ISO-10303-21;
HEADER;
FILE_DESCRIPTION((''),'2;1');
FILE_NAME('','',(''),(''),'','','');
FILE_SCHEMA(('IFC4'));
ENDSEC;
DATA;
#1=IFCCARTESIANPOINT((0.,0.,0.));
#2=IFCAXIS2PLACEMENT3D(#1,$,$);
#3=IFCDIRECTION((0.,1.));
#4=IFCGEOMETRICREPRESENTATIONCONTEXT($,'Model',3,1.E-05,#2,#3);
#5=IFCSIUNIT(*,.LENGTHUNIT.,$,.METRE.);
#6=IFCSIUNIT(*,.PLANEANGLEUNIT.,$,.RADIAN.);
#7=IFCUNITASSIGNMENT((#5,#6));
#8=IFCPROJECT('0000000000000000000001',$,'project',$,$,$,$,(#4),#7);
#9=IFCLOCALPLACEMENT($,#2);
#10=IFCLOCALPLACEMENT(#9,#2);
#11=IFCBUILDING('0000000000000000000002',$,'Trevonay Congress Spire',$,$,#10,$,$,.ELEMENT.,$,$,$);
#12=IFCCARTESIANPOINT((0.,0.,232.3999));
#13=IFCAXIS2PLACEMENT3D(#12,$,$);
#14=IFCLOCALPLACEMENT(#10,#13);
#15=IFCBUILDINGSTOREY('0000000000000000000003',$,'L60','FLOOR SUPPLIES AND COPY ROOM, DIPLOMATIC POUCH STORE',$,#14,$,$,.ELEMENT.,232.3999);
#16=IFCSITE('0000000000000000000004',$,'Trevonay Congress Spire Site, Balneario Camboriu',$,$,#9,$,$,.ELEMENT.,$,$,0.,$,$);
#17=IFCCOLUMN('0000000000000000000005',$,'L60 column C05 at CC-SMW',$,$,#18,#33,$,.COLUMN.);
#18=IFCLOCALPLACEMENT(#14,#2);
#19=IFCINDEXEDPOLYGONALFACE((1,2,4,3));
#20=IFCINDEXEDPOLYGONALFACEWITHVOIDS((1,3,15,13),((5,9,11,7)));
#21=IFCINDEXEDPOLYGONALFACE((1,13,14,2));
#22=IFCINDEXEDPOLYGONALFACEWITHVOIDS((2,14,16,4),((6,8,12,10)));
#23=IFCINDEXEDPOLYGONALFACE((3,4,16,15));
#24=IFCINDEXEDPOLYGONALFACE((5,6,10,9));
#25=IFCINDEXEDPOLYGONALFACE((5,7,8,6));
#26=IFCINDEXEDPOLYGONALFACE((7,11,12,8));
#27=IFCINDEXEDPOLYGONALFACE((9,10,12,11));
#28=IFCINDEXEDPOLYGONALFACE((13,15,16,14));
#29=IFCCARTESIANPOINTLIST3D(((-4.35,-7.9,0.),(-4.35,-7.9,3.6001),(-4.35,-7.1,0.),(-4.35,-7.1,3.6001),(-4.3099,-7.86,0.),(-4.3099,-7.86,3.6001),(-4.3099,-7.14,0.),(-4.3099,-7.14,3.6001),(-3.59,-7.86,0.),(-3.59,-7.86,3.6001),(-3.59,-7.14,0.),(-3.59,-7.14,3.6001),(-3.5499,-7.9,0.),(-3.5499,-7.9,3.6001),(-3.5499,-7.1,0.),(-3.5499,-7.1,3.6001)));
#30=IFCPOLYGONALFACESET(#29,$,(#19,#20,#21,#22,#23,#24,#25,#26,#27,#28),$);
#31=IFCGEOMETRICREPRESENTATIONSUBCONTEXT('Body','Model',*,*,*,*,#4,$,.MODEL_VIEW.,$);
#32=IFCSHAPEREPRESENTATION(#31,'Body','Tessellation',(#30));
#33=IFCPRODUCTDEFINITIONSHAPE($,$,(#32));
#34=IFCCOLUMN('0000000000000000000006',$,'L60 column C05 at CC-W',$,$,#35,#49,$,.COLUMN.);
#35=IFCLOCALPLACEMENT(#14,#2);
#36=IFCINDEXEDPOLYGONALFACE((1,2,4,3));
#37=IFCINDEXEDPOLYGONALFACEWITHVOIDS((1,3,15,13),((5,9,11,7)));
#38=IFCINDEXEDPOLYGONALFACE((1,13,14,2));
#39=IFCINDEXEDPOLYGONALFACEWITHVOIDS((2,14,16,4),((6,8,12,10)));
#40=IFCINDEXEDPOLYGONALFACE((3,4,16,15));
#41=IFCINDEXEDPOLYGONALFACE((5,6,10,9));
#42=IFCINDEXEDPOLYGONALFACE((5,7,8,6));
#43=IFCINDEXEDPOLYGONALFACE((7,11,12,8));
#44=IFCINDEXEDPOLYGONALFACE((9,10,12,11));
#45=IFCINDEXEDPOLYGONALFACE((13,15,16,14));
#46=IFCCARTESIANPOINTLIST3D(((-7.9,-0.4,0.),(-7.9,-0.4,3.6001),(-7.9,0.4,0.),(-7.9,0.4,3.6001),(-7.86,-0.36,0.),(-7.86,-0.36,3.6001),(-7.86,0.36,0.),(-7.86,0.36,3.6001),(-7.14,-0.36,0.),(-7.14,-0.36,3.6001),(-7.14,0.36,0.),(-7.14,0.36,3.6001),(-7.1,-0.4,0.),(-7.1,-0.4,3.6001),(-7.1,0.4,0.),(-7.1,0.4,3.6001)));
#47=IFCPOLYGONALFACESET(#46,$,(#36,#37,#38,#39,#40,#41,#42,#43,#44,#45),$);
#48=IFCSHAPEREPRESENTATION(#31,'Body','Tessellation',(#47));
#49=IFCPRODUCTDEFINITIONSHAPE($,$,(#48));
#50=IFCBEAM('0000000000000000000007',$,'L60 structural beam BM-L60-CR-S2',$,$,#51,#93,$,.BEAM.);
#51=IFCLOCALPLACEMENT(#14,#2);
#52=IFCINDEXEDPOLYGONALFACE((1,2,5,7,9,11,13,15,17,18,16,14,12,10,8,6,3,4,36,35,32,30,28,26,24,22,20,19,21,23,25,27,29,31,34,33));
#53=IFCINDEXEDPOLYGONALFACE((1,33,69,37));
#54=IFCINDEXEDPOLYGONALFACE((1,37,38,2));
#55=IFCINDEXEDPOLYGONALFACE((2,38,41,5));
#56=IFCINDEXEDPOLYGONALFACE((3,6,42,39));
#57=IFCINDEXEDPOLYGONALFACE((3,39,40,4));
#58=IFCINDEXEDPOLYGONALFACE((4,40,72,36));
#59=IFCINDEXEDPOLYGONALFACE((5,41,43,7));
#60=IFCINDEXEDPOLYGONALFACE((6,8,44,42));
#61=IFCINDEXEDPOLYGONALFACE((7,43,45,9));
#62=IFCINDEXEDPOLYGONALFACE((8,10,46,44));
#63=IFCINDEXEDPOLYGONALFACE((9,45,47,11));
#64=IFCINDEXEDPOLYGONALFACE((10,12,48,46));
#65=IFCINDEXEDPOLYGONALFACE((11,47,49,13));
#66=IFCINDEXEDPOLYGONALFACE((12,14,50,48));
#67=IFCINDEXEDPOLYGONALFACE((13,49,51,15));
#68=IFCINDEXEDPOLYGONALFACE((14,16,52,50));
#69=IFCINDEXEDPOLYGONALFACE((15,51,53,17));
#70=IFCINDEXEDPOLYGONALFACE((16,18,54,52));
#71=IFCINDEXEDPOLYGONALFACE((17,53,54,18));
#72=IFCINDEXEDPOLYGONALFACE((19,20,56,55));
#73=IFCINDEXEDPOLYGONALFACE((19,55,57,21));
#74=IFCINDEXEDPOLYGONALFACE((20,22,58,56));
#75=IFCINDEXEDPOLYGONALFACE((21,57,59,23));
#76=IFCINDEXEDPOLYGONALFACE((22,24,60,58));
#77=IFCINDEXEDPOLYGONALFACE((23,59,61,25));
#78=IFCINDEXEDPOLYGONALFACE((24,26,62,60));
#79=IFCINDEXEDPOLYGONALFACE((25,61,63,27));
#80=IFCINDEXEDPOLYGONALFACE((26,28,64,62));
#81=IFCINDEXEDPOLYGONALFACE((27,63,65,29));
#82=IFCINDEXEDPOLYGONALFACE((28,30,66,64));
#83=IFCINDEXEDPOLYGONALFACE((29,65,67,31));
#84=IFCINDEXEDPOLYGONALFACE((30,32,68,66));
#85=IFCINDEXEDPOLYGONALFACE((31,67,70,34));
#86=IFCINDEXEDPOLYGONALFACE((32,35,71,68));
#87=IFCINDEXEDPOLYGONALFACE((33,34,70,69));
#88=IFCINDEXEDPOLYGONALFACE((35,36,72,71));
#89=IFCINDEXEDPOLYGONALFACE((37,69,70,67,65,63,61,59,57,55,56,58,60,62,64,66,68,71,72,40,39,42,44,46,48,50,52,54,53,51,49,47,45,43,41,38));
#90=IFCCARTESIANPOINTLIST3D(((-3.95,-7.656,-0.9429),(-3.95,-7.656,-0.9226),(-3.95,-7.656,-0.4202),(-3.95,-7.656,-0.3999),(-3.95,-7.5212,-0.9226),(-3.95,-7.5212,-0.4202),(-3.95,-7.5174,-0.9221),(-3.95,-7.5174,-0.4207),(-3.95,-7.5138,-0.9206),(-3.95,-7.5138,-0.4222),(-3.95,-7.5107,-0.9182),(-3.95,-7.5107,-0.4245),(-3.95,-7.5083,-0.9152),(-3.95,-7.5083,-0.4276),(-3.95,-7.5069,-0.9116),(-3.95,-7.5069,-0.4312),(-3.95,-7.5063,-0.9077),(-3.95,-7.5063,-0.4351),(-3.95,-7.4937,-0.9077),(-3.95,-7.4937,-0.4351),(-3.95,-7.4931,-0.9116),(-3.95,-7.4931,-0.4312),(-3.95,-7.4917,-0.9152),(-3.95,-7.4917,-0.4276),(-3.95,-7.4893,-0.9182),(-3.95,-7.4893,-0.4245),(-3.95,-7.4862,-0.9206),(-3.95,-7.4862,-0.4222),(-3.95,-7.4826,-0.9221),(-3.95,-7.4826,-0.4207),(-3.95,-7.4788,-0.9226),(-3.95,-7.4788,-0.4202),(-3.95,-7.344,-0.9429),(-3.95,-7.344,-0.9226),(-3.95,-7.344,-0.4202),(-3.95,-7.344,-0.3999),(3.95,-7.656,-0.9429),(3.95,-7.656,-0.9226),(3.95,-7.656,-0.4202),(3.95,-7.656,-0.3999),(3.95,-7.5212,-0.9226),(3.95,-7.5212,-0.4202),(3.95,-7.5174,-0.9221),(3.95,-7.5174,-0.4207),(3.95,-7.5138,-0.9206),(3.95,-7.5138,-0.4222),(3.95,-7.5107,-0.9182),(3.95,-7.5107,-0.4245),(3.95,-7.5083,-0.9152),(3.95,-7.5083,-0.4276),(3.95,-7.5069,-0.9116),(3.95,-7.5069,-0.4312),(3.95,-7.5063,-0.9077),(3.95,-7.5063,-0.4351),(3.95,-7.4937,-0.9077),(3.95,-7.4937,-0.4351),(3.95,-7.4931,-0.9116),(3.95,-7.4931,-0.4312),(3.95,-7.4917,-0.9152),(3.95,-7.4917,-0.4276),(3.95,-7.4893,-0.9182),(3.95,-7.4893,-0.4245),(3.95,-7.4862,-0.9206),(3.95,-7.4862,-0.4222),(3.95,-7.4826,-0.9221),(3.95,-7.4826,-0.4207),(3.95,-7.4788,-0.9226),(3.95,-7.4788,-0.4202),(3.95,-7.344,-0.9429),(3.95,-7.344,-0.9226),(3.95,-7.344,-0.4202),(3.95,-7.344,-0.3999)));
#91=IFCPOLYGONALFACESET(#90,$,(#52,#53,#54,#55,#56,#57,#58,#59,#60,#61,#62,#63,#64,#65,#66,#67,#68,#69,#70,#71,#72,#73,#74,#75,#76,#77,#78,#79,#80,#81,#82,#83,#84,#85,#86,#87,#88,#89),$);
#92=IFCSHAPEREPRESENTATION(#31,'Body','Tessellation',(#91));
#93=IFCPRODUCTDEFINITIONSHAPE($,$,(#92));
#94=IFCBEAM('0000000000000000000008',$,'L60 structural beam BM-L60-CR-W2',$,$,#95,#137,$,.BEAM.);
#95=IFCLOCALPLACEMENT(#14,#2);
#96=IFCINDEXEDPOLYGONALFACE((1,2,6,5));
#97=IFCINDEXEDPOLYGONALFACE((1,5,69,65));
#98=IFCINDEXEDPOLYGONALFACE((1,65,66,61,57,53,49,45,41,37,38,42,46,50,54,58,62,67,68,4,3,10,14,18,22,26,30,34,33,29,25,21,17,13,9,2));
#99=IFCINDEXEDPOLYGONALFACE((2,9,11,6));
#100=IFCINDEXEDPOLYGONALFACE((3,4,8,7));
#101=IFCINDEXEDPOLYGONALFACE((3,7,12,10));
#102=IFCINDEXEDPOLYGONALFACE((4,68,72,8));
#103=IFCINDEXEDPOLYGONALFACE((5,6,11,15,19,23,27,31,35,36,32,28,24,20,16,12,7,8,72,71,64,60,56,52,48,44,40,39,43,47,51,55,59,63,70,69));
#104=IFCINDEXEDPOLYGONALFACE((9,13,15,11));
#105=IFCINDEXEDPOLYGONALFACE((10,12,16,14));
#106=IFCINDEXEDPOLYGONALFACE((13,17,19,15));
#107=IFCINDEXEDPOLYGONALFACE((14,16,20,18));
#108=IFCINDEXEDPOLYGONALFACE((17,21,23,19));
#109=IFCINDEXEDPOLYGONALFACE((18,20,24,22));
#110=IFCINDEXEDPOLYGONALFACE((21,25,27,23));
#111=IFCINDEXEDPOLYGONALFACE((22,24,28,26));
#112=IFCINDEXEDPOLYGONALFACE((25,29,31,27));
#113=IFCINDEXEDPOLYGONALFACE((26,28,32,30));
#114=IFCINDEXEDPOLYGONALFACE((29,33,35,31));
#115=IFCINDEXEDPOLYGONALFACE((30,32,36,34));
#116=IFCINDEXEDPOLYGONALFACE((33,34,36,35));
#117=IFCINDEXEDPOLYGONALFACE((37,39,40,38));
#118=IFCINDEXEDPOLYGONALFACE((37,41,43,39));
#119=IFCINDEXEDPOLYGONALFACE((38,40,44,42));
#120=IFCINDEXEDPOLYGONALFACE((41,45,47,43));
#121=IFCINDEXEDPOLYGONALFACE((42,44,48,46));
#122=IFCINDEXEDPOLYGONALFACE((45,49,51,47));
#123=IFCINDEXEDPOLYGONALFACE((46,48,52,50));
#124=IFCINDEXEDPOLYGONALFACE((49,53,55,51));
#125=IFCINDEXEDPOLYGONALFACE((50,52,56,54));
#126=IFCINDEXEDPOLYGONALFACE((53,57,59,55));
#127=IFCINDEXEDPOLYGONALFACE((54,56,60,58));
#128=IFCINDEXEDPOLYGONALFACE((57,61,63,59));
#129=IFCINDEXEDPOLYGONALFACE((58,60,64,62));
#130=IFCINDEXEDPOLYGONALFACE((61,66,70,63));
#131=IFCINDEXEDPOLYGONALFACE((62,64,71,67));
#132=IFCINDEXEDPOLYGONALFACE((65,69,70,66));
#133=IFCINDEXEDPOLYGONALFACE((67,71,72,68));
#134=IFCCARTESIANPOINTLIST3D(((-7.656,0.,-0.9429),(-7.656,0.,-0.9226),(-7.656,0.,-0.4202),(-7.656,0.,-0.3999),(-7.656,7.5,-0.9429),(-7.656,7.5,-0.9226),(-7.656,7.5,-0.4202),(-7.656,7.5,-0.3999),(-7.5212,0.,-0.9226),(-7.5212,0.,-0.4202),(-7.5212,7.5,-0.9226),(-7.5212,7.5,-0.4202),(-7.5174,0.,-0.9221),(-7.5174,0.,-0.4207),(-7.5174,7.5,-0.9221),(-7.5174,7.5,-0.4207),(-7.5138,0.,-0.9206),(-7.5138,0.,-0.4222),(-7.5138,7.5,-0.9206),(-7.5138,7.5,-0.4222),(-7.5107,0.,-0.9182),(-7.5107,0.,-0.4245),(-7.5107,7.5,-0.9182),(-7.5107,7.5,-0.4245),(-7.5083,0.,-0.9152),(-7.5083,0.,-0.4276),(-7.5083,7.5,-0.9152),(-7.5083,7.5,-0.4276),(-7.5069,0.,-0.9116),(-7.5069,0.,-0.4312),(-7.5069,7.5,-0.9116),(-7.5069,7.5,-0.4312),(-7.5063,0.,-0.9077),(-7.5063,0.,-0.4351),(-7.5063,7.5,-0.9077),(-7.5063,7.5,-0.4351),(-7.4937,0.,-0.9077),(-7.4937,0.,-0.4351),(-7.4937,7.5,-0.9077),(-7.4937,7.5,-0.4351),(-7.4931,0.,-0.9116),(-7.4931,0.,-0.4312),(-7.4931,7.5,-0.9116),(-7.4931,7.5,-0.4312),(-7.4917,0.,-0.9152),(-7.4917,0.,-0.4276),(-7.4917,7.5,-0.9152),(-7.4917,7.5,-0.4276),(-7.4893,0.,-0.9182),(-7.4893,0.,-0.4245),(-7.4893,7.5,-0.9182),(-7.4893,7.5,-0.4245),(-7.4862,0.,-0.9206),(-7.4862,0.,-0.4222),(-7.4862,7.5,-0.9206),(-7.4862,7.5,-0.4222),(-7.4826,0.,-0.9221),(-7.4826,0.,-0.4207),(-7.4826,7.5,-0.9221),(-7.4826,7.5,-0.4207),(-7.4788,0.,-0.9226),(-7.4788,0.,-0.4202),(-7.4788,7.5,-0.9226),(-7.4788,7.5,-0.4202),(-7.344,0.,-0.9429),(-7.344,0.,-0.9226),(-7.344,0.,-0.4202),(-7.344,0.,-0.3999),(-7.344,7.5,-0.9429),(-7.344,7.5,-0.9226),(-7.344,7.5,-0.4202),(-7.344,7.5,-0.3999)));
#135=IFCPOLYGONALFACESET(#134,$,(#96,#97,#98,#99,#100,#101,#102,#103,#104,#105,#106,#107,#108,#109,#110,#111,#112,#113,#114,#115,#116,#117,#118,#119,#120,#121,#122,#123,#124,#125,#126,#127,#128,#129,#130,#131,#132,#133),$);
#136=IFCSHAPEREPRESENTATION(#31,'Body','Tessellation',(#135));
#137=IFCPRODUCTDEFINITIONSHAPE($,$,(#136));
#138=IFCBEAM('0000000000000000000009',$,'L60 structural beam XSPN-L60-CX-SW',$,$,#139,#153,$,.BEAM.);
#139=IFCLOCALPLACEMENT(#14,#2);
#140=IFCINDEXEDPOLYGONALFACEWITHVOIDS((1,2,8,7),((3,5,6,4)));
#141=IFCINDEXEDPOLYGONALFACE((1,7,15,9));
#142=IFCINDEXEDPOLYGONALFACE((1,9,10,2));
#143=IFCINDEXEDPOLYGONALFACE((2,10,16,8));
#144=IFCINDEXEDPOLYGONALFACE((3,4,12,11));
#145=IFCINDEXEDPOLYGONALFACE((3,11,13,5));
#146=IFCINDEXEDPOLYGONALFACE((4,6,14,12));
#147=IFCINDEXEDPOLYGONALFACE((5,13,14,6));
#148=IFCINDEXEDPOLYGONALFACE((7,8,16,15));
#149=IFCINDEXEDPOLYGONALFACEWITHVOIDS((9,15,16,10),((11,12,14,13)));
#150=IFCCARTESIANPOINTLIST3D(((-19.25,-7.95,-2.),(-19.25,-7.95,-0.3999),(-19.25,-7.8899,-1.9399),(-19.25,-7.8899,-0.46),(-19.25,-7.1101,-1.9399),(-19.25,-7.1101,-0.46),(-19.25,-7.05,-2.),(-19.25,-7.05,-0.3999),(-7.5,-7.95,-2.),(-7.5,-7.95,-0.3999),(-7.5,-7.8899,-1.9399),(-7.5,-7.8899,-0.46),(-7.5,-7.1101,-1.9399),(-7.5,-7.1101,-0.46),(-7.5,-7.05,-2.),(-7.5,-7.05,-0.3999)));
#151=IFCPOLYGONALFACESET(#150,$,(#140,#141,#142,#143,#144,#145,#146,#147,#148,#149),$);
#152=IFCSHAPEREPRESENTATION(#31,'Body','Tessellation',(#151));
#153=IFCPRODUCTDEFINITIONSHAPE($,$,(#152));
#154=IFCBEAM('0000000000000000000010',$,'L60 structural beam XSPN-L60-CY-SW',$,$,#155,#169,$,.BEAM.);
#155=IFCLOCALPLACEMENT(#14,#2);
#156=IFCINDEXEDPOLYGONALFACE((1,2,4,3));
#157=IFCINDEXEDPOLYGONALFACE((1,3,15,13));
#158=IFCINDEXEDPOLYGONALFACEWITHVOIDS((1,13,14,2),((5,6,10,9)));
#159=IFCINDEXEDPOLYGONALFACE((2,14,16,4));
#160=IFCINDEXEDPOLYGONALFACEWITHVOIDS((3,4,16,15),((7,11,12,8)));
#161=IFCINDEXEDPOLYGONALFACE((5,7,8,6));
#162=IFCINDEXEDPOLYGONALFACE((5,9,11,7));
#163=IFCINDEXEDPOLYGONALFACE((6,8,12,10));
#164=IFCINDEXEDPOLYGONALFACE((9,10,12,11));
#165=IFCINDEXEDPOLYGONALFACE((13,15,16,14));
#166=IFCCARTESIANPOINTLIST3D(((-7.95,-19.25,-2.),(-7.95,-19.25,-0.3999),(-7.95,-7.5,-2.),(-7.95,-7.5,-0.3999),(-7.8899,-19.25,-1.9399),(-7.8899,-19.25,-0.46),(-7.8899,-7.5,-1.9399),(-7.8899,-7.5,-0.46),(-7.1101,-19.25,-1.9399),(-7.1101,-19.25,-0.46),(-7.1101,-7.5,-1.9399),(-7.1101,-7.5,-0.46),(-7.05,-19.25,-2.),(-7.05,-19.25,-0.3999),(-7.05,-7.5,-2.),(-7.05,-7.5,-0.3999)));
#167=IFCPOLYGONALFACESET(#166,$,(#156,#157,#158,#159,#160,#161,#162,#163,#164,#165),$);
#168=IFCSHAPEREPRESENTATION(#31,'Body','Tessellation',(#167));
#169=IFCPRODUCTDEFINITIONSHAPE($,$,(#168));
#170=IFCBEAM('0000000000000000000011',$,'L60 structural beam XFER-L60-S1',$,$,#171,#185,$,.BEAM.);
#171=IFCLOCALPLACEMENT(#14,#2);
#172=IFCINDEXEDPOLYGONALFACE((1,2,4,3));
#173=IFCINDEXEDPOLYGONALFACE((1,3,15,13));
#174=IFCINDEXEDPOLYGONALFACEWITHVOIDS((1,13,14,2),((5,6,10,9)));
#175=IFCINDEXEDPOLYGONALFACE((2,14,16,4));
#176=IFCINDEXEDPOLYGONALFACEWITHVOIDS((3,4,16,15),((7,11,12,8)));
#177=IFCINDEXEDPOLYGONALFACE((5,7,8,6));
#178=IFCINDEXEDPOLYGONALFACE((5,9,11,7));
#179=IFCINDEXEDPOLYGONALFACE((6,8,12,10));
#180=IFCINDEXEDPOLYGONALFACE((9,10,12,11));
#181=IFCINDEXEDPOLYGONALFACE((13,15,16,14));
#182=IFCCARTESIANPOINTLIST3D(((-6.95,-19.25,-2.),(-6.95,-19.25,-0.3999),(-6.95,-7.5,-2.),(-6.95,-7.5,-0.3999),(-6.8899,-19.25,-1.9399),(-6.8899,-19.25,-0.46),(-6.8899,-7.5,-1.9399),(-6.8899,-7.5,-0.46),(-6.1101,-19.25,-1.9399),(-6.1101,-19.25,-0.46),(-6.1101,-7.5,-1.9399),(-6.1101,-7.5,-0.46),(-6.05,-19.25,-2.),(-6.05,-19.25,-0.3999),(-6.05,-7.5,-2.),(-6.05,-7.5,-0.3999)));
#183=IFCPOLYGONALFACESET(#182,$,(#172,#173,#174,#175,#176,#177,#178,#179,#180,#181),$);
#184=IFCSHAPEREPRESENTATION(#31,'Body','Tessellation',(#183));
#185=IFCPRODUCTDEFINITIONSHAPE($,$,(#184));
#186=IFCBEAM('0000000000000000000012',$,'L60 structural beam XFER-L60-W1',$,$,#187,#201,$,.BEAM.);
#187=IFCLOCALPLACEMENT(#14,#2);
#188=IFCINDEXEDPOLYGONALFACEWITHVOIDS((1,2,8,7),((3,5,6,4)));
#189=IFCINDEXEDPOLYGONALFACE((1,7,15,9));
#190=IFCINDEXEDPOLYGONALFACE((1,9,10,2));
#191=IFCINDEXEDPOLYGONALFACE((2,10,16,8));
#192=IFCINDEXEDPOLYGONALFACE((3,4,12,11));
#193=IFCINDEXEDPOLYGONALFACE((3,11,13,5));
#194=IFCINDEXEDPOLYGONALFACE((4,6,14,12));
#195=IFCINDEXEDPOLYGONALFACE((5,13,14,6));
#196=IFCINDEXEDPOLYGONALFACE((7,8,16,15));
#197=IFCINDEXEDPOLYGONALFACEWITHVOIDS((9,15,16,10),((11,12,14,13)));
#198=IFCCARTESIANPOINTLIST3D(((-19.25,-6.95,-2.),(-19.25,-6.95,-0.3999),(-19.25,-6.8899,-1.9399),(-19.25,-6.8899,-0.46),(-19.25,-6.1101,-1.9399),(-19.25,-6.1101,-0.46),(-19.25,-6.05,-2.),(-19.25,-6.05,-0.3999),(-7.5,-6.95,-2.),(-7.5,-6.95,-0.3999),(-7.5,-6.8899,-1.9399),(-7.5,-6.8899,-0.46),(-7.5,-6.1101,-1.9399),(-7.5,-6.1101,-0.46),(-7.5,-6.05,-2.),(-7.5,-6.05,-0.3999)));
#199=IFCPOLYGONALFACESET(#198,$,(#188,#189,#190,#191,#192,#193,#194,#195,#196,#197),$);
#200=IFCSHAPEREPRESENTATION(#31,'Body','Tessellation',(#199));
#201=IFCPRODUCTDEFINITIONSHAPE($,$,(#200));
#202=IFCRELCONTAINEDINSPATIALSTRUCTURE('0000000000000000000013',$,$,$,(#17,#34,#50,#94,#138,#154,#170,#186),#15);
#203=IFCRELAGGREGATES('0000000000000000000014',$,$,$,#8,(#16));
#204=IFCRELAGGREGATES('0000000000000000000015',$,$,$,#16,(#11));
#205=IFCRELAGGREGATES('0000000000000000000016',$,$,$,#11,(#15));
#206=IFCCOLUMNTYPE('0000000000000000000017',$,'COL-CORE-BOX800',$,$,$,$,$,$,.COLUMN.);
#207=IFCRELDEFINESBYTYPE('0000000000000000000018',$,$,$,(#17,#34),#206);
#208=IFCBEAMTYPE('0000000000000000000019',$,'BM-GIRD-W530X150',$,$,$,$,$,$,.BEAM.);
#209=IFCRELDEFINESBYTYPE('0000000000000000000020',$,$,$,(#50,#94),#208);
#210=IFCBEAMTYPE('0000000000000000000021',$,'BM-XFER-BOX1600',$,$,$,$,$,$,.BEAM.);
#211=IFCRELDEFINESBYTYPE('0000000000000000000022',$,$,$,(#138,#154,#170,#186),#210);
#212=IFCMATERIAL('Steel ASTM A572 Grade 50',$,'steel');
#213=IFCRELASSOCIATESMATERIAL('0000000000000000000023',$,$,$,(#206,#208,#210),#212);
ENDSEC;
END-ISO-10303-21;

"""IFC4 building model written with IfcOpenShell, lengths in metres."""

from ifc_helpers import new_model, si_unit, direction, frame, origin, origin_2d, place, context, subcontext, project, spatial, hollow_rectangle, i_section, extrude, material, material_profile, profile_set, type_object, element, save


model = new_model("IFC4")

# Units and contexts
model_context = context("Model", 3, precision=1e-05, world=origin(), true_north=direction((0.0, 1.0)))
body_context = subcontext(model_context, "Body", "Model", "MODEL_VIEW")
ifc_project = project(units=[si_unit("LENGTHUNIT", "METRE"), si_unit("PLANEANGLEUNIT", "RADIAN")], contexts=[model_context])

# Site, building, storey
site_placement = place(None, origin())
site = spatial("IfcSite", under=ifc_project, at=site_placement, Name="Trevonay Congress Spire Site, Balneario Camboriu", CompositionType="ELEMENT", RefElevation=0.0)
building_placement = place(site_placement, origin())
building = spatial("IfcBuilding", under=site, at=building_placement, Name="Trevonay Congress Spire", CompositionType="ELEMENT")
storey_placement = place(building_placement, frame((0.0, 0.0, 232.3999)))
storey = spatial("IfcBuildingStorey", under=building, at=storey_placement, Name="L60", Description="FLOOR SUPPLIES AND COPY ROOM, DIPLOMATIC POUCH STORE", CompositionType="ELEMENT", Elevation=232.3999)

# Columns
ifc_material_1 = material(Name="Steel ASTM A572 Grade 50", Category="steel")
ifc_material_profile_1 = material_profile(ifc_material_1, hollow_rectangle(XDim=0.8, YDim=0.8, WallThickness=0.04, at=origin_2d()), Name="BOX 800x800x40")
ifc_profile_set_1 = profile_set([ifc_material_profile_1], Name="Steel ASTM A572 Grade 50")
column_type = type_object("IfcColumnType", Name="COL-CORE-BOX800", PredefinedType="COLUMN", material=ifc_profile_set_1)
for number, where, z_axis, x_axis, name in (
    (1, (-3.95, -7.5, 0.0), (0.0, 0.0, 1.0), (1.0, 0.0, 0.0), "L60 column C05 at CC-SMW"),
    (2, (-7.5, 0.0, 0.0), (0.0, 0.0, 1.0), (1.0, 0.0, 0.0), "L60 column C05 at CC-W"),
):
    element("IfcColumn", number, at=place(storey_placement, frame(where, z_axis=z_axis, x_axis=x_axis)), inside=storey, type_object=column_type, Name=name, PredefinedType="COLUMN", context=body_context, shape_type="SweptSolid", body=[
        extrude(hollow_rectangle(XDim=0.8, YDim=0.8, WallThickness=0.04, at=origin_2d()), origin(), (0.0, 0.0, 1.0), 3.6001),
    ])

# Beams
ifc_material_profile_2 = material_profile(ifc_material_1, i_section(OverallWidth=0.312, OverallDepth=0.543, WebThickness=0.0127, FlangeThickness=0.0203, FilletRadius=0.0149, at=origin_2d()), Name="W530x150")
ifc_profile_set_2 = profile_set([ifc_material_profile_2], Name="Steel ASTM A572 Grade 50")
beam_type_1 = type_object("IfcBeamType", Name="BM-GIRD-W530X150", PredefinedType="BEAM", material=ifc_profile_set_2)
beam_1_placement = place(storey_placement, frame((-3.95, -7.5, -0.6714), z_axis=(1.0, 0.0, 0.0), x_axis=(0.0, 1.0, 0.0)))
element("IfcBeam", 3, at=beam_1_placement, inside=storey, type_object=beam_type_1, Name="L60 structural beam BM-L60-CR-S2", PredefinedType="BEAM", context=body_context, shape_type="SweptSolid", body=[
    extrude(i_section(OverallWidth=0.312, OverallDepth=0.543, WebThickness=0.0127, FlangeThickness=0.0203, FilletRadius=0.0149, at=origin_2d()), origin(), (0.0, 0.0, 1.0), 7.8999),
])
beam_2_placement = place(storey_placement, frame((-7.5, 0.0, -0.6714), z_axis=(0.0, 1.0, 0.0), x_axis=(-1.0, 0.0, 0.0)))
element("IfcBeam", 4, at=beam_2_placement, inside=storey, type_object=beam_type_1, Name="L60 structural beam BM-L60-CR-W2", PredefinedType="BEAM", context=body_context, shape_type="SweptSolid", body=[
    extrude(i_section(OverallWidth=0.312, OverallDepth=0.543, WebThickness=0.0127, FlangeThickness=0.0203, FilletRadius=0.0149, at=origin_2d()), origin(), (0.0, 0.0, 1.0), 7.5),
])
ifc_material_profile_3 = material_profile(ifc_material_1, hollow_rectangle(XDim=0.8999, YDim=1.6001, WallThickness=0.0601, at=origin_2d()), Name="BOX 1600x900x60")
ifc_profile_set_3 = profile_set([ifc_material_profile_3], Name="Steel ASTM A572 Grade 50")
beam_type_2 = type_object("IfcBeamType", Name="BM-XFER-BOX1600", PredefinedType="BEAM", material=ifc_profile_set_3)
for number, where, z_axis, x_axis, name in (
    (5, (-7.5, -7.5, -1.2), (-1.0, 0.0, 0.0), (0.0, -1.0, 0.0), "L60 structural beam XSPN-L60-CX-SW"),
    (6, (-7.5, -7.5, -1.2), (0.0, -1.0, 0.0), (1.0, 0.0, 0.0), "L60 structural beam XSPN-L60-CY-SW"),
    (7, (-6.5, -7.5, -1.2), (0.0, -1.0, 0.0), (1.0, 0.0, 0.0), "L60 structural beam XFER-L60-S1"),
    (8, (-7.5, -6.5, -1.2), (-1.0, 0.0, 0.0), (0.0, -1.0, 0.0), "L60 structural beam XFER-L60-W1"),
):
    element("IfcBeam", number, at=place(storey_placement, frame(where, z_axis=z_axis, x_axis=x_axis)), inside=storey, type_object=beam_type_2, Name=name, PredefinedType="BEAM", context=body_context, shape_type="SweptSolid", body=[
        extrude(hollow_rectangle(XDim=0.8999, YDim=1.6001, WallThickness=0.0601, at=origin_2d()), origin(), (0.0, 0.0, 1.0), 11.75),
    ])

save(model, "model.ifc")
